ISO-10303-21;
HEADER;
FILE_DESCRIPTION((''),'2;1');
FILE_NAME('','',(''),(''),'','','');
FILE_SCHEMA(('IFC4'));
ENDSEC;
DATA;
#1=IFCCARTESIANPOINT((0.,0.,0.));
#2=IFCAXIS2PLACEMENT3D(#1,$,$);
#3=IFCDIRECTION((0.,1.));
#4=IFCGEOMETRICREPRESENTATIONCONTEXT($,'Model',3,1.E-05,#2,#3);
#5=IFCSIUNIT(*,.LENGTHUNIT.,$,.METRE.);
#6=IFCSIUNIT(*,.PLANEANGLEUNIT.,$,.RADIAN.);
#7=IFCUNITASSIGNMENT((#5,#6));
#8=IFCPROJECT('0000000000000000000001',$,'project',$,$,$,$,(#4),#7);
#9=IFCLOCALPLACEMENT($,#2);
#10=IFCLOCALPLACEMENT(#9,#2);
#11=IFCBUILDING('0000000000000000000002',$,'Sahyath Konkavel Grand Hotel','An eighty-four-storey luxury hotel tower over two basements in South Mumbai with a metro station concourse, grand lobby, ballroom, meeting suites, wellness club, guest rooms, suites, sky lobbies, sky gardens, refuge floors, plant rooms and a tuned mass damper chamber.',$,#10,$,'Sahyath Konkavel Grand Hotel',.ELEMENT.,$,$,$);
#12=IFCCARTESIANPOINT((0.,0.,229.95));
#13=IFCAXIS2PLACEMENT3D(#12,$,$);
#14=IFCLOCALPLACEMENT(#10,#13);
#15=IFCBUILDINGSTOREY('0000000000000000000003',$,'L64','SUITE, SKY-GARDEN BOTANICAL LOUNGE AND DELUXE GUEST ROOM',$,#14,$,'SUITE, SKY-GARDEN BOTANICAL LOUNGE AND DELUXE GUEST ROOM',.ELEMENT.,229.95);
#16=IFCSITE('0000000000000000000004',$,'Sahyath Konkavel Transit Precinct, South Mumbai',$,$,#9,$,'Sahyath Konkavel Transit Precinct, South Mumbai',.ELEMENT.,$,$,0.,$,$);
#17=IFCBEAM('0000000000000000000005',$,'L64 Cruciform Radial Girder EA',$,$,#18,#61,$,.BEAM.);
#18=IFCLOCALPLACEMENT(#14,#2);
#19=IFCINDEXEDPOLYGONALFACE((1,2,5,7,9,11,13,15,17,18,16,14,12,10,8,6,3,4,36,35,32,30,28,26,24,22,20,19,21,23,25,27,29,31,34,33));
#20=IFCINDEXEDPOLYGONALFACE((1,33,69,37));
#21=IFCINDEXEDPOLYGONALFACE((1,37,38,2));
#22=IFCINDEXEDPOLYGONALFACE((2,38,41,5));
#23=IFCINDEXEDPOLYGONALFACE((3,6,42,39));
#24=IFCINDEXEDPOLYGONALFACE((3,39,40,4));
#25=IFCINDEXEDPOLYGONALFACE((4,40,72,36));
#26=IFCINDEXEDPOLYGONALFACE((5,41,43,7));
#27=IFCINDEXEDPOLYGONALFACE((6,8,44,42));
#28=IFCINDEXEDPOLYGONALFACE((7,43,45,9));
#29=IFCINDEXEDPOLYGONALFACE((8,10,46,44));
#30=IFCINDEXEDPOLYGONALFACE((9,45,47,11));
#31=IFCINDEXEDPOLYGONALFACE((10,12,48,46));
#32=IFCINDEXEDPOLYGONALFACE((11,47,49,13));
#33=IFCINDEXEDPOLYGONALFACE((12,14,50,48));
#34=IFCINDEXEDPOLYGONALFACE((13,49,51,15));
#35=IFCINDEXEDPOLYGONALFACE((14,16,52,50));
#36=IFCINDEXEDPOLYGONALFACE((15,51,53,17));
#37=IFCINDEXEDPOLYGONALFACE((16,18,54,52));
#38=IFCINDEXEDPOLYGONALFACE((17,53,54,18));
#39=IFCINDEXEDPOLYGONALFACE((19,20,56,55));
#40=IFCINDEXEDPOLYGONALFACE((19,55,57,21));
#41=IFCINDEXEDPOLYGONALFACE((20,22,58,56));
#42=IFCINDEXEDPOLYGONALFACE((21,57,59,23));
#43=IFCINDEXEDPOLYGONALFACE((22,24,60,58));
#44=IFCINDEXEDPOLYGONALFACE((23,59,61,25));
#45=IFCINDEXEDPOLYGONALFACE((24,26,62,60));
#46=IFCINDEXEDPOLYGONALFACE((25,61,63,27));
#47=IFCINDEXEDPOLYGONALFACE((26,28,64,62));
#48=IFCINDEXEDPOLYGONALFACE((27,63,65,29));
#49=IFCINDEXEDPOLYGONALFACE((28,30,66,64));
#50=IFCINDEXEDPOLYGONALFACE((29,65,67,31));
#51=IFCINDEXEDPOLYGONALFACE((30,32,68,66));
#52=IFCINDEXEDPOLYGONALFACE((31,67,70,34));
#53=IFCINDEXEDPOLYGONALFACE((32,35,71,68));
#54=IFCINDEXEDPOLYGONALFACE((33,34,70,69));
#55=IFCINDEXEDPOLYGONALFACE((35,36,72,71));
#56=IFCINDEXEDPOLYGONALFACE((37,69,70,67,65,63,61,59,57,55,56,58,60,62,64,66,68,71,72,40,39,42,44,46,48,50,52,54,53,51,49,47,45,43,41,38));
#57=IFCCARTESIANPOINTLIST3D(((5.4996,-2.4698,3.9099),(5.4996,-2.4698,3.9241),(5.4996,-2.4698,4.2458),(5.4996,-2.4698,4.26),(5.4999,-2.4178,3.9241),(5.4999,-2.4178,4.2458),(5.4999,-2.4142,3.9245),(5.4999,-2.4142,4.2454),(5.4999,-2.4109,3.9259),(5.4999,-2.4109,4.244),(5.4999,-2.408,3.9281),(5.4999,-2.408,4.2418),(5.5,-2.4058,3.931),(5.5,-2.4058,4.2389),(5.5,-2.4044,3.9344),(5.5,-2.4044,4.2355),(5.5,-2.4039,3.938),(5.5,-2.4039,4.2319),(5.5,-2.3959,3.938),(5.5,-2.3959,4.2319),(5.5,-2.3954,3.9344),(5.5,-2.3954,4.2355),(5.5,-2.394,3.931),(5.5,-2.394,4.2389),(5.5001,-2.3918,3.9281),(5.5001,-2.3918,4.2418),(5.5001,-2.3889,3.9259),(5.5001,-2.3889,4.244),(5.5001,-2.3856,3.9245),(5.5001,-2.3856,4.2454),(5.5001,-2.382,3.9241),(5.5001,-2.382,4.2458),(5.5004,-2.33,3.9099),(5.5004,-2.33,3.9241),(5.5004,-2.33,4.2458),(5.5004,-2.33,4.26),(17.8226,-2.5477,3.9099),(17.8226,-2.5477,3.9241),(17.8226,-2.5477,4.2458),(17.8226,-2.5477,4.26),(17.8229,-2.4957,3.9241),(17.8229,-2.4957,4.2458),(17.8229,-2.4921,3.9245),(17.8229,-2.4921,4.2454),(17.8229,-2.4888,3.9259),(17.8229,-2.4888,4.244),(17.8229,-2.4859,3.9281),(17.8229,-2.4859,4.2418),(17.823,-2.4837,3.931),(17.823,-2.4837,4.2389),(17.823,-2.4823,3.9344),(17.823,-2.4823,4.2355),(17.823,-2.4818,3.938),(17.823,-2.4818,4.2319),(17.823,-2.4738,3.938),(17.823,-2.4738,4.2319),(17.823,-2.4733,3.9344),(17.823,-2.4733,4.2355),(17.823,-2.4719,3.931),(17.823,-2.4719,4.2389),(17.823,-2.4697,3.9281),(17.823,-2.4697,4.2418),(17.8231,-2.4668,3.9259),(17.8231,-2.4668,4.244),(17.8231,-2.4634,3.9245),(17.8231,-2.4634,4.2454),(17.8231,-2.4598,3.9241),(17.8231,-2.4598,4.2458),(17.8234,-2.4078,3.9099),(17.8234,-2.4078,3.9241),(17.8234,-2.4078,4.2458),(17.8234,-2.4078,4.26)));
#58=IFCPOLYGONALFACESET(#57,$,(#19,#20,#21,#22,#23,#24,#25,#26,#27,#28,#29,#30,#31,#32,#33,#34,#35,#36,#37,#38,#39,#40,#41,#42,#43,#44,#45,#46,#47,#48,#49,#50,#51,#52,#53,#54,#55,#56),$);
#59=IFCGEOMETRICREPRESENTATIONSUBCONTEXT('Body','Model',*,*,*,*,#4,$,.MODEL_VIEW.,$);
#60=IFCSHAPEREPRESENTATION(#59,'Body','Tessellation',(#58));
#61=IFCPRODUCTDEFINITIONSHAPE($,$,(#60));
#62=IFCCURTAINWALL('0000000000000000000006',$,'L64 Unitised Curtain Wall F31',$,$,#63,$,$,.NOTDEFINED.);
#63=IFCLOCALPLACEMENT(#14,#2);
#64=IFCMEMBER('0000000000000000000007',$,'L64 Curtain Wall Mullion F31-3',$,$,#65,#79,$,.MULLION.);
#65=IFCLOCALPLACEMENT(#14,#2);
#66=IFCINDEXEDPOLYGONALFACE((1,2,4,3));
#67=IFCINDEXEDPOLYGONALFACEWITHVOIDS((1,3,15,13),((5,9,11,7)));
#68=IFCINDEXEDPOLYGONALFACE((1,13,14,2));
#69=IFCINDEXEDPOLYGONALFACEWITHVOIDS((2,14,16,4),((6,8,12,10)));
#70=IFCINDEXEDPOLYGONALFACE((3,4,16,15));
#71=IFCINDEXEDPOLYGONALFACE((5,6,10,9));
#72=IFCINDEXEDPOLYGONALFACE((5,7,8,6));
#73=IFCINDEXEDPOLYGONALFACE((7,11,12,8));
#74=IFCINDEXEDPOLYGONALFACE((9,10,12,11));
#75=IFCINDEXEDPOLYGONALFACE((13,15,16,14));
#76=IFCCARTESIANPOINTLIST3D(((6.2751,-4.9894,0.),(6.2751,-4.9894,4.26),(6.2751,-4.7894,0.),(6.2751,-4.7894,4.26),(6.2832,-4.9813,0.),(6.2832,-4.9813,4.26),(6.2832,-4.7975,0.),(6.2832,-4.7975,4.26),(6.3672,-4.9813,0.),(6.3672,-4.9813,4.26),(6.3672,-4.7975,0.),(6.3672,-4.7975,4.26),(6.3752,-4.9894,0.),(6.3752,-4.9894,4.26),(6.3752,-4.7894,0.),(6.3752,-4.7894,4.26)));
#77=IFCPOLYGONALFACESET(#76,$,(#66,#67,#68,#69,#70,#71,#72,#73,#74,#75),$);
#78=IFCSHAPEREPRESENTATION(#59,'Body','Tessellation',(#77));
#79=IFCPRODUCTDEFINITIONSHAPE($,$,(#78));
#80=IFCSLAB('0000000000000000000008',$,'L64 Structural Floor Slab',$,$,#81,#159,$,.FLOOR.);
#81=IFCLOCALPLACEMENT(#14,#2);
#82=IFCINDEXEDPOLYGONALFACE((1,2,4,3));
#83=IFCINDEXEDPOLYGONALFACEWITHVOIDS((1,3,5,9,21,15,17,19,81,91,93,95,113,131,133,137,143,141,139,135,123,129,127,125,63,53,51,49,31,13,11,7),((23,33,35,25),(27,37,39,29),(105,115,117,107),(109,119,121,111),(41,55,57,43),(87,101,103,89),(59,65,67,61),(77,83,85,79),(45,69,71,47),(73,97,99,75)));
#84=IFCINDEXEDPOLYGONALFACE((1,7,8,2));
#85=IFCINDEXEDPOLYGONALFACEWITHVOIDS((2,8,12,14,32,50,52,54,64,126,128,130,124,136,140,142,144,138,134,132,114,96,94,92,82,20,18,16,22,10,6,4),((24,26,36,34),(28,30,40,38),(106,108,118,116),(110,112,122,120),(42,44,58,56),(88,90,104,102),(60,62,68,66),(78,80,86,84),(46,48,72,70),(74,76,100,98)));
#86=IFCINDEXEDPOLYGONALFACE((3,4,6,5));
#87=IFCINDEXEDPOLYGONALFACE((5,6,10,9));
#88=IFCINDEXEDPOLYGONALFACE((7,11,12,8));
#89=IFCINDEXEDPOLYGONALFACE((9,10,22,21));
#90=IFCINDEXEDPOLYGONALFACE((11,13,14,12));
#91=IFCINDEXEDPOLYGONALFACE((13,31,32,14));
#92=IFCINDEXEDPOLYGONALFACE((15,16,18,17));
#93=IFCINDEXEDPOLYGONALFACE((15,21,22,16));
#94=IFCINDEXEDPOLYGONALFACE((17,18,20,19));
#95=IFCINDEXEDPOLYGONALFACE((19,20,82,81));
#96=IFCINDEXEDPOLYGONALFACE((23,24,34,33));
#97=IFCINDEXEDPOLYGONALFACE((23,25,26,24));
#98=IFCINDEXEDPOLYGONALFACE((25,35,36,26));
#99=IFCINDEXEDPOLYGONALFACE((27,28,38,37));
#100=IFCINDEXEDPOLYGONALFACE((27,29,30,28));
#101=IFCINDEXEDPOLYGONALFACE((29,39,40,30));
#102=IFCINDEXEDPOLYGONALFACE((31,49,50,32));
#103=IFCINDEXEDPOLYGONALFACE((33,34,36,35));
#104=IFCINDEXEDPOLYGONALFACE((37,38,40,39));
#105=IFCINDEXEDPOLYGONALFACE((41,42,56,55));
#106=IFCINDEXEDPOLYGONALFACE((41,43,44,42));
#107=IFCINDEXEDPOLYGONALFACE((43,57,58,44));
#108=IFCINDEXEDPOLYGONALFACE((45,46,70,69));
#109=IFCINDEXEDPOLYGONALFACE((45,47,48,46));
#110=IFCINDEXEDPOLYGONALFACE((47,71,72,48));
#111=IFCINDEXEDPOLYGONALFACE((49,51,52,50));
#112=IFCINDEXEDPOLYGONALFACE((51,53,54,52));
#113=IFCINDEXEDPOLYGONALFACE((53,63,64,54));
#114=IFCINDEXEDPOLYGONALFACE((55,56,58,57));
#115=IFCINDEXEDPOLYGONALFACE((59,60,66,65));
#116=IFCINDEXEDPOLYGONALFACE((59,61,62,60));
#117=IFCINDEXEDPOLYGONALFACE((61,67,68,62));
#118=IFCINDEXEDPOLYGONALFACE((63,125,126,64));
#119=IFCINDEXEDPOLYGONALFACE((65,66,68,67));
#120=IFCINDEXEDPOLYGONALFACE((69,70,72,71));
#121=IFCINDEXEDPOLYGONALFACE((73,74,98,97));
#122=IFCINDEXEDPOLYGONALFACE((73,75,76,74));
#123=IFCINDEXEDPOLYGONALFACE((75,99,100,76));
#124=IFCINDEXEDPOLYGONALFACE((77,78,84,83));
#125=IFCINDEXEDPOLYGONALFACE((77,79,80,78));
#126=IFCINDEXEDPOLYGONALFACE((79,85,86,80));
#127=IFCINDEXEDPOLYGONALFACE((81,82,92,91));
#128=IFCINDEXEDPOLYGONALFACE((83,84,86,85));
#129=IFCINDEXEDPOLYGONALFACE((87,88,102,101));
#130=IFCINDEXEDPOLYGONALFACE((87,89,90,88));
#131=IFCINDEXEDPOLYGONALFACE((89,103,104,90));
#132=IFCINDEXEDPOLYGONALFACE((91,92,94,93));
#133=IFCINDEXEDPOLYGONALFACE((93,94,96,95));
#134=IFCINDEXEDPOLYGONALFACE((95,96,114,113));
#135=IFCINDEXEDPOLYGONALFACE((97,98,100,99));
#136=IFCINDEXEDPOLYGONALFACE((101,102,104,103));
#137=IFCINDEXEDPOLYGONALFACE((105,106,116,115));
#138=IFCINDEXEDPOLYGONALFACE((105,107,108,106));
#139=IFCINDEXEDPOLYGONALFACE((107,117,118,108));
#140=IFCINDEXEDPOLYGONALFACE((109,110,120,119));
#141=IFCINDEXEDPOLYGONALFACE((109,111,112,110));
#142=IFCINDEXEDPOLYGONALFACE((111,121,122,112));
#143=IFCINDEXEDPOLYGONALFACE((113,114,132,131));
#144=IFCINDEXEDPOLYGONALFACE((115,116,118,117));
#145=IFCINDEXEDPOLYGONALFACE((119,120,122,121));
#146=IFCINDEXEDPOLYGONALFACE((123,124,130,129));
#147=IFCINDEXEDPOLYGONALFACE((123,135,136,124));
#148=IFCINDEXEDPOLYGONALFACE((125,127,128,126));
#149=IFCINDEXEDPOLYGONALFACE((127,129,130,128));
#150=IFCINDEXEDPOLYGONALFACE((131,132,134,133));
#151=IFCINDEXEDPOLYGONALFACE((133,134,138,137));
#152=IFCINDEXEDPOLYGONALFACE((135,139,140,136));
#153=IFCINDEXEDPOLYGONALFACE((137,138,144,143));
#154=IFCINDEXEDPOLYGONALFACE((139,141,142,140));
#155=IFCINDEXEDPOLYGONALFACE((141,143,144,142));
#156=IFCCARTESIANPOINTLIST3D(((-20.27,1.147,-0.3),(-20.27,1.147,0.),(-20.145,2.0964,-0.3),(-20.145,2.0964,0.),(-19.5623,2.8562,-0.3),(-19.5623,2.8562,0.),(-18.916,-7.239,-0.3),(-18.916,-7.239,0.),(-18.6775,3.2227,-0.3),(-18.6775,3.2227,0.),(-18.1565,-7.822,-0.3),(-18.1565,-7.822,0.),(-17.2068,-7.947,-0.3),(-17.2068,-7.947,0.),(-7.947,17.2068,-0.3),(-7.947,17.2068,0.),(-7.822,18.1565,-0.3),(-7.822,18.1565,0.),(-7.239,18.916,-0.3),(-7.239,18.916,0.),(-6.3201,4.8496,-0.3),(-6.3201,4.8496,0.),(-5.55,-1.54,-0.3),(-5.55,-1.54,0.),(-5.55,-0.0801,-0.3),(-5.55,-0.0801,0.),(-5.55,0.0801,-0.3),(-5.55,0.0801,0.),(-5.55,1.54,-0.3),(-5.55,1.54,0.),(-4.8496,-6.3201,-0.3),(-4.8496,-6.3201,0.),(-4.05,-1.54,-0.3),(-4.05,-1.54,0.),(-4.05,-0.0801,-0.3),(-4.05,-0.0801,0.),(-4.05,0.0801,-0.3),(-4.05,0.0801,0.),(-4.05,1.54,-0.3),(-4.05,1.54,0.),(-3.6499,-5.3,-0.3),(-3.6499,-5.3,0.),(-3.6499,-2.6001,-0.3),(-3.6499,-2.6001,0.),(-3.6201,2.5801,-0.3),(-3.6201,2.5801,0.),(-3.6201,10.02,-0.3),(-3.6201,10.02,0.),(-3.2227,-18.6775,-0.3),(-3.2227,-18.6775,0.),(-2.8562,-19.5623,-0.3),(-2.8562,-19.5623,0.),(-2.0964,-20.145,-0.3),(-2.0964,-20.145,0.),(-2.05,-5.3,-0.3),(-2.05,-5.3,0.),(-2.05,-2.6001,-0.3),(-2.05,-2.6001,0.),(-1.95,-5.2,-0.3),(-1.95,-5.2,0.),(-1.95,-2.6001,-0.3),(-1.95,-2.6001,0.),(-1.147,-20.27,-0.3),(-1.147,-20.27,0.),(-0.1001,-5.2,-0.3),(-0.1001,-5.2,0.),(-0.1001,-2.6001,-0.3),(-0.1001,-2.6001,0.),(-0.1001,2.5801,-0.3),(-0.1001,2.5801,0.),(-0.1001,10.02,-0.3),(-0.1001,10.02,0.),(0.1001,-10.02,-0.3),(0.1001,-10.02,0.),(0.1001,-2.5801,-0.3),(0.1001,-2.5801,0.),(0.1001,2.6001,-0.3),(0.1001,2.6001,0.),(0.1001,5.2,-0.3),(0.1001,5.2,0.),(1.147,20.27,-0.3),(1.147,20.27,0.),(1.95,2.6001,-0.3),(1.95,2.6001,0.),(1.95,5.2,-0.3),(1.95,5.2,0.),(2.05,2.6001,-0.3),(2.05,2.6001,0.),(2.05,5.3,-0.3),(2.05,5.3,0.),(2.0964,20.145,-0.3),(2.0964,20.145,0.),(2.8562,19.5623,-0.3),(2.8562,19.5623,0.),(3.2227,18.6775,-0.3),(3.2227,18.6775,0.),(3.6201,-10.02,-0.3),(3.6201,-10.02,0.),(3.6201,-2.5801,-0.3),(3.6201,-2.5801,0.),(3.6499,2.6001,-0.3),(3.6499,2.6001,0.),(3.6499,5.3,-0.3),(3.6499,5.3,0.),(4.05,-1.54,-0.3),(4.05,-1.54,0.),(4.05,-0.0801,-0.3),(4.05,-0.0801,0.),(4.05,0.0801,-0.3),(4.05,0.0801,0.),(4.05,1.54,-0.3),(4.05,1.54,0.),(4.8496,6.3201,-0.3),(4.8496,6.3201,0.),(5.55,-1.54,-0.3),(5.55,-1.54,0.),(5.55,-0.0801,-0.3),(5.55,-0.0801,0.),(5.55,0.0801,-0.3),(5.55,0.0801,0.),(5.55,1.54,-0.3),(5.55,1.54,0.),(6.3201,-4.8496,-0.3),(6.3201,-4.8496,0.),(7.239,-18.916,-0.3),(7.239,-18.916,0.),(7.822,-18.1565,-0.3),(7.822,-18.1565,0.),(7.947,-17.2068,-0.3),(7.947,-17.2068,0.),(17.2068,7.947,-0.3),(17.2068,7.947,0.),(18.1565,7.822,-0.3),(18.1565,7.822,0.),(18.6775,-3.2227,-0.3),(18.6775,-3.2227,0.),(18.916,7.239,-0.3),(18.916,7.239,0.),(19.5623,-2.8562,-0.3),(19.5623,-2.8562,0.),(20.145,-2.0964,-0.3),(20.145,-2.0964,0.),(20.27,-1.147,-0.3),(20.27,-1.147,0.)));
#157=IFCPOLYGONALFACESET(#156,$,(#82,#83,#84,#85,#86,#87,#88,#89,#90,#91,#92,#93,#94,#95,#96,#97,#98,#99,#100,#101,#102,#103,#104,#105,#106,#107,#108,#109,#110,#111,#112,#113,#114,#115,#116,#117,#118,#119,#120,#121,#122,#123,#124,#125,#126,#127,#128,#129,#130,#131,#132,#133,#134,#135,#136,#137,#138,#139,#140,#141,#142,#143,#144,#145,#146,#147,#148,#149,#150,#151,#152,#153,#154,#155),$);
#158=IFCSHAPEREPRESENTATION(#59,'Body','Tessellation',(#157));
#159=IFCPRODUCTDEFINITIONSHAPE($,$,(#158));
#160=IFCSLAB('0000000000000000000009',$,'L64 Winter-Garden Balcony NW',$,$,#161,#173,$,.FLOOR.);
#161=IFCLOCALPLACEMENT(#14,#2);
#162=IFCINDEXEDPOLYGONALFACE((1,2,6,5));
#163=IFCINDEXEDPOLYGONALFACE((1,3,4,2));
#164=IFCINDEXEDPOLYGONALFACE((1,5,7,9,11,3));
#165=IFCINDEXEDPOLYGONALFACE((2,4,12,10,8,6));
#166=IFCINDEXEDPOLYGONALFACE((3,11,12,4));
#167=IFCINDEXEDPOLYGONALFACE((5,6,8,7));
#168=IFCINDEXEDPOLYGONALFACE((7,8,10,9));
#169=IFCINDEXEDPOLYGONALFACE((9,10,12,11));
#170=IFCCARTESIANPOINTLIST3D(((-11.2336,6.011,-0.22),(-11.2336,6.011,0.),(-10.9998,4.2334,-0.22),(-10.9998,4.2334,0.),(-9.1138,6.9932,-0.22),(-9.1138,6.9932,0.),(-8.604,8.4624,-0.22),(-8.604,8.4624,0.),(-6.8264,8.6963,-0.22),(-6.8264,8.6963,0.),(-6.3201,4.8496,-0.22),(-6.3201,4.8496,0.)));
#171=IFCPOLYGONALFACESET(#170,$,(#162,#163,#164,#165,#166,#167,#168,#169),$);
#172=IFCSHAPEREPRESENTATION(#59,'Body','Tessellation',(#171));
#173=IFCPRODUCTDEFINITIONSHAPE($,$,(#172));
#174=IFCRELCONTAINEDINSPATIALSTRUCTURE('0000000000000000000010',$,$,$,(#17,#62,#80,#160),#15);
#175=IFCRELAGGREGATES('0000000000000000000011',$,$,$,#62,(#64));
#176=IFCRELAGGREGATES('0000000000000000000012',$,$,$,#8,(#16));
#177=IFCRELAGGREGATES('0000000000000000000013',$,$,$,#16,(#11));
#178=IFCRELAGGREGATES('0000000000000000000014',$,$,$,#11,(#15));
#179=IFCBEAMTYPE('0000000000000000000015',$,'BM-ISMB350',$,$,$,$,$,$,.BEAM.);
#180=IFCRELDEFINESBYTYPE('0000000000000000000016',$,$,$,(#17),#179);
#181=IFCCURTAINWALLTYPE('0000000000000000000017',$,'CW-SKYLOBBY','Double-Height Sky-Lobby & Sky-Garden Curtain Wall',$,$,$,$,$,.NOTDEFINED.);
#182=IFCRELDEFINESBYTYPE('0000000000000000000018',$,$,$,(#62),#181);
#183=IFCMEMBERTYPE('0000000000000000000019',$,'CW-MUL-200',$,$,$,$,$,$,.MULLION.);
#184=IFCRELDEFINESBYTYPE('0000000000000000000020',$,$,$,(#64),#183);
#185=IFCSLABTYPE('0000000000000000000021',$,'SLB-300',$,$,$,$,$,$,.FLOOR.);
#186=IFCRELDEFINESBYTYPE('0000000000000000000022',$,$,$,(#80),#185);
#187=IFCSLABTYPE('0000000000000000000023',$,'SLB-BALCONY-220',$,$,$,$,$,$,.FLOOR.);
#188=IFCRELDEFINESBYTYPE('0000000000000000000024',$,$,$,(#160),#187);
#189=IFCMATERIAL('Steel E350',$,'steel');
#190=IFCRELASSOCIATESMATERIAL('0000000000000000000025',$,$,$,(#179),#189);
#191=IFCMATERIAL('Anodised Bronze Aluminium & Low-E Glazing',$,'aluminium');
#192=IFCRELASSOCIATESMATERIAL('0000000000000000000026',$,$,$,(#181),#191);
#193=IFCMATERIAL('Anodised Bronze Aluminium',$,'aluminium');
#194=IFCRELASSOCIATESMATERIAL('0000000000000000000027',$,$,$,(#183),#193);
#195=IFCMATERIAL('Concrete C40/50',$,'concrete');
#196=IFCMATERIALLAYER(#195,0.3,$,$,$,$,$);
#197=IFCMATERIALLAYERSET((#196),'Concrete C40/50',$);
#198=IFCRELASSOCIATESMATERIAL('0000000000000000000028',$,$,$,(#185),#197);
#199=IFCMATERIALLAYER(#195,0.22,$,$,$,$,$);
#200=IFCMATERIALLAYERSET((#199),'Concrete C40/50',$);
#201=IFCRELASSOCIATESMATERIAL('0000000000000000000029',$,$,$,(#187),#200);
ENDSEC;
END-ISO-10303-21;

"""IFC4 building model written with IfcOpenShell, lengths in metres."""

from ifc_helpers import new_model, si_unit, direction, frame, origin, origin_2d, place, context, subcontext, project, spatial, polyline, hollow_rectangle, i_section, outline, extrude, source, transform, mapped, material, layer, layer_set, material_profile, profile_set, type_object, element, aggregate, save


model = new_model("IFC4")

# Units and contexts
model_context = context("Model", 3, precision=1e-05, world=origin(), true_north=direction((0.0, 1.0)))
body_context = subcontext(model_context, "Body", "Model", "MODEL_VIEW")
ifc_project = project(units=[si_unit("LENGTHUNIT", "METRE"), si_unit("PLANEANGLEUNIT", "RADIAN")], contexts=[model_context])

# Site, building, storey
site_placement = place(None, origin())
site = spatial("IfcSite", under=ifc_project, at=site_placement, Name="Sahyath Konkavel Transit Precinct, South Mumbai", LongName="Sahyath Konkavel Transit Precinct, South Mumbai", CompositionType="ELEMENT", RefElevation=0.0)
building_placement = place(site_placement, origin())
building = spatial("IfcBuilding", under=site, at=building_placement, Name="Sahyath Konkavel Grand Hotel", Description="An eighty-four-storey luxury hotel tower over two basements in South Mumbai with a metro station concourse, grand lobby, ballroom, meeting suites, wellness club, guest rooms, suites, sky lobbies, sky gardens, refuge floors, plant rooms and a tuned mass damper chamber.", LongName="Sahyath Konkavel Grand Hotel", CompositionType="ELEMENT")
storey_placement = place(building_placement, frame((0.0, 0.0, 229.95)))
storey = spatial("IfcBuildingStorey", under=building, at=storey_placement, Name="L64", Description="SUITE, SKY-GARDEN BOTANICAL LOUNGE AND DELUXE GUEST ROOM", LongName="SUITE, SKY-GARDEN BOTANICAL LOUNGE AND DELUXE GUEST ROOM", CompositionType="ELEMENT", Elevation=229.95)

# Shared definitions
ifc_material_1 = material(Name="Concrete C40/50", Category="concrete")

# Beam
ifc_material_2 = material(Name="Steel E350", Category="steel")
ifc_material_profile_1 = material_profile(ifc_material_2, i_section(OverallWidth=0.1399, OverallDepth=0.3501, WebThickness=0.0081, FlangeThickness=0.0142, FilletRadius=0.0139, at=origin_2d()), Name="ISMB 350")
ifc_profile_set_1 = profile_set([ifc_material_profile_1], Name="Steel E350")
beam_type_1 = type_object("IfcBeamType", Name="BM-ISMB350", PredefinedType="BEAM", material=ifc_profile_set_1)
shared_shape_1 = source(origin(), body_context, "Body", "SweptSolid", [
    extrude(i_section(OverallWidth=0.1399, OverallDepth=0.3501, WebThickness=0.0081, FlangeThickness=0.0142, FilletRadius=0.0139, at=origin_2d()), origin(), (0.0, 0.0, 1.0), 12.3232),
])
beam_1_placement = place(storey_placement, frame((5.5, -2.3999, 4.085), z_axis=(0.99998, -0.00632, 0.0), x_axis=(0.00632, 0.99998, 0.0)))
element("IfcBeam", 1, at=beam_1_placement, inside=storey, type_object=beam_type_1, Name="L64 Cruciform Radial Girder EA", PredefinedType="BEAM", context=body_context, shape_type="MappedRepresentation", body=[
    mapped(shared_shape_1, transform((0.0, 0.0, 0.0), scale=1.0)),
])

# Curtain wall, member
ifc_material_3 = material(Name="Anodised Bronze Aluminium & Low-E Glazing", Category="aluminium")
curtain_wall_type = type_object("IfcCurtainWallType", Name="CW-SKYLOBBY", Description="Double-Height Sky-Lobby & Sky-Garden Curtain Wall", PredefinedType="NOTDEFINED", material=ifc_material_3)
curtain_wall_placement = place(storey_placement, origin())
curtain_wall = element("IfcCurtainWall", 2, at=curtain_wall_placement, inside=storey, type_object=curtain_wall_type, Name="L64 Unitised Curtain Wall F31", PredefinedType="NOTDEFINED")
ifc_material_4 = material(Name="Anodised Bronze Aluminium", Category="aluminium")
ifc_material_profile_2 = material_profile(ifc_material_4, hollow_rectangle(XDim=0.1001, YDim=0.2, WallThickness=0.0081, at=origin_2d()), Name="RHS 200x100x8")
ifc_profile_set_2 = profile_set([ifc_material_profile_2], Name="Anodised Bronze Aluminium")
member_type = type_object("IfcMemberType", Name="CW-MUL-200", PredefinedType="MULLION", material=ifc_profile_set_2)
shared_shape_2 = source(origin(), body_context, "Body", "SweptSolid", [
    extrude(hollow_rectangle(XDim=0.1001, YDim=0.2, WallThickness=0.0081, at=origin_2d()), origin(), (0.0, 0.0, 1.0), 4.26),
])
member_placement = place(storey_placement, frame((6.3252, -4.8894, 0.0), z_axis=(0.0, 0.0, 1.0), x_axis=(1.0, 0.0, 0.0)))
member = element("IfcMember", 3, at=member_placement, type_object=member_type, Name="L64 Curtain Wall Mullion F31-3", PredefinedType="MULLION", context=body_context, shape_type="MappedRepresentation", body=[
    mapped(shared_shape_2, transform((0.0, 0.0, 0.0), scale=1.0)),
])
aggregate(curtain_wall, [member])

# Slabs
ifc_layer_1 = layer(ifc_material_1, 0.3)
ifc_layer_set_1 = layer_set([ifc_layer_1], Name="Concrete C40/50")
slab_type_1 = type_object("IfcSlabType", Name="SLB-300", PredefinedType="FLOOR", material=ifc_layer_set_1)
slab_1_placement = place(storey_placement, frame((0.0, 0.0, -0.3)))
element("IfcSlab", 4, at=slab_1_placement, inside=storey, type_object=slab_type_1, Name="L64 Structural Floor Slab", PredefinedType="FLOOR", context=body_context, shape_type="SweptSolid", body=[
    extrude(outline(polyline([(6.3201, -4.8496), (18.6775, -3.2227), (19.5623, -2.8562), (20.145, -2.0964), (20.27, -1.147), (18.916, 7.239), (18.1565, 7.822), (17.2068, 7.947), (4.8496, 6.3201), (3.2227, 18.6775), (2.8562, 19.5623), (2.0964, 20.145), (1.147, 20.27), (-7.239, 18.916), (-7.822, 18.1565), (-7.947, 17.2068), (-6.3201, 4.8496), (-18.6775, 3.2227), (-19.5623, 2.8562), (-20.145, 2.0964), (-20.27, 1.147), (-18.916, -7.239), (-18.1565, -7.822), (-17.2068, -7.947), (-4.8496, -6.3201), (-3.2227, -18.6775), (-2.8562, -19.5623), (-2.0964, -20.145), (-1.147, -20.27), (7.239, -18.916), (7.822, -18.1565), (7.947, -17.2068), (6.3201, -4.8496)]), holes=[polyline([(-3.6201, 2.5801), (-0.1001, 2.5801), (-0.1001, 10.02), (-3.6201, 10.02), (-3.6201, 2.5801)]), polyline([(0.1001, -10.02), (3.6201, -10.02), (3.6201, -2.5801), (0.1001, -2.5801), (0.1001, -10.02)]), polyline([(0.1001, 2.6001), (1.95, 2.6001), (1.95, 5.2), (0.1001, 5.2), (0.1001, 2.6001)]), polyline([(-1.95, -5.2), (-0.1001, -5.2), (-0.1001, -2.6001), (-1.95, -2.6001), (-1.95, -5.2)]), polyline([(2.05, 2.6001), (3.6499, 2.6001), (3.6499, 5.3), (2.05, 5.3), (2.05, 2.6001)]), polyline([(-3.6499, -5.3), (-2.05, -5.3), (-2.05, -2.6001), (-3.6499, -2.6001), (-3.6499, -5.3)]), polyline([(4.05, 0.0801), (5.55, 0.0801), (5.55, 1.54), (4.05, 1.54), (4.05, 0.0801)]), polyline([(4.05, -1.54), (5.55, -1.54), (5.55, -0.0801), (4.05, -0.0801), (4.05, -1.54)]), polyline([(-5.55, 0.0801), (-4.05, 0.0801), (-4.05, 1.54), (-5.55, 1.54), (-5.55, 0.0801)]), polyline([(-5.55, -1.54), (-4.05, -1.54), (-4.05, -0.0801), (-5.55, -0.0801), (-5.55, -1.54)])]), origin(), (0.0, 0.0, 1.0), 0.3),
])
ifc_layer_2 = layer(ifc_material_1, 0.22)
ifc_layer_set_2 = layer_set([ifc_layer_2], Name="Concrete C40/50")
slab_type_2 = type_object("IfcSlabType", Name="SLB-BALCONY-220", PredefinedType="FLOOR", material=ifc_layer_set_2)
slab_2_placement = place(storey_placement, frame((0.0, 0.0, -0.22)))
element("IfcSlab", 5, at=slab_2_placement, inside=storey, type_object=slab_type_2, Name="L64 Winter-Garden Balcony NW", PredefinedType="FLOOR", context=body_context, shape_type="SweptSolid", body=[
    extrude(outline(polyline([(-6.3201, 4.8496), (-6.8264, 8.6963), (-8.604, 8.4624), (-9.1138, 6.9932), (-11.2336, 6.011), (-10.9998, 4.2334), (-6.3201, 4.8496)])), origin(), (0.0, 0.0, 1.0), 0.22),
])

save(model, "model.ifc")
